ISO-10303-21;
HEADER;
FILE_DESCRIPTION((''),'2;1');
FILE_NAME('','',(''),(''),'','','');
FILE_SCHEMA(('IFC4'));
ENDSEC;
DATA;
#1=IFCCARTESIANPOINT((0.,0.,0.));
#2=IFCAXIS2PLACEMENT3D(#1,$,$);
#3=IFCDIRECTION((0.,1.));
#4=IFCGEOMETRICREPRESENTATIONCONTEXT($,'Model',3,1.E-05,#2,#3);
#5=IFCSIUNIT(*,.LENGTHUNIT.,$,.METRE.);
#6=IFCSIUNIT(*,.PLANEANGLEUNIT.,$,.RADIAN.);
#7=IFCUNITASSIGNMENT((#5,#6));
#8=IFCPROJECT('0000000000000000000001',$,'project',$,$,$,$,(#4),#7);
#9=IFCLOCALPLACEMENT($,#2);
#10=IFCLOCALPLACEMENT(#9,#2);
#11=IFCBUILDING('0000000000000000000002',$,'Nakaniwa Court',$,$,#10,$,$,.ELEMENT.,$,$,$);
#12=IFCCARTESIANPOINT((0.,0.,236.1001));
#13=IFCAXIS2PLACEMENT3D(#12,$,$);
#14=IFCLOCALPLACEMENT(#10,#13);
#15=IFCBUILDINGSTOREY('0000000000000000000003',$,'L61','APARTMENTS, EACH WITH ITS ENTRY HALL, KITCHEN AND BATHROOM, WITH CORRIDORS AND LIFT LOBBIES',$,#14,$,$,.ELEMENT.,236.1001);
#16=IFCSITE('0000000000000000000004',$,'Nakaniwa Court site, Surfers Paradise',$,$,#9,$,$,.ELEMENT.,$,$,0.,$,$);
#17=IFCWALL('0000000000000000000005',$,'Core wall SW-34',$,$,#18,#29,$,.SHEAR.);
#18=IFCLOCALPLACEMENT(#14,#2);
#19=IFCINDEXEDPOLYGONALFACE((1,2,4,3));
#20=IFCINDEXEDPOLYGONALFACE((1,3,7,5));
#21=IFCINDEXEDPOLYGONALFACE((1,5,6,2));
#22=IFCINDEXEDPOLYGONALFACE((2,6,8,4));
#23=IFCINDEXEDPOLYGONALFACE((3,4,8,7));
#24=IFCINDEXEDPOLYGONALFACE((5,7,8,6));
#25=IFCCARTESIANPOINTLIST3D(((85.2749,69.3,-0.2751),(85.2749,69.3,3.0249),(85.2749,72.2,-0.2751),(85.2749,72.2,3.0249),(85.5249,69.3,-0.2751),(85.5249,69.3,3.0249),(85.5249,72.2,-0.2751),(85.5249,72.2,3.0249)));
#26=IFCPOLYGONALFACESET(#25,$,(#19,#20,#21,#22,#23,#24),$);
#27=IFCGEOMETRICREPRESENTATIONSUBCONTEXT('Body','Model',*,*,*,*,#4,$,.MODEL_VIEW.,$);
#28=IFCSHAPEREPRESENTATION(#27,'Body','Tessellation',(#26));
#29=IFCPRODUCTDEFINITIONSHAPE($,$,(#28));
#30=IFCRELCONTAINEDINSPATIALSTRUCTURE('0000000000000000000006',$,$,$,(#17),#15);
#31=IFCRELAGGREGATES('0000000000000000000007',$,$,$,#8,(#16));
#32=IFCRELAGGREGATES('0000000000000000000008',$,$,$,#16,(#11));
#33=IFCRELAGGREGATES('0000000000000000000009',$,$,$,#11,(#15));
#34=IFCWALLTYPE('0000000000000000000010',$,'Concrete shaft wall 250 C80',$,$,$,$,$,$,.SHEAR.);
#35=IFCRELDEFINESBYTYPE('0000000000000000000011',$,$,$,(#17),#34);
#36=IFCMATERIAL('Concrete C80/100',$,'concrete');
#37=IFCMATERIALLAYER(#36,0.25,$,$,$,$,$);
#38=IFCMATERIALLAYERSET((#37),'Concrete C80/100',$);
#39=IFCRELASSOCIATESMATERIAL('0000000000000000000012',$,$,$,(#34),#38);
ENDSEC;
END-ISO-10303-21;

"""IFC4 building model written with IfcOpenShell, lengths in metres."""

from ifc_helpers import new_model, si_unit, direction, frame, frame_2d, origin, place, context, subcontext, project, spatial, rectangle, extrude, material, layer, layer_set, type_object, element, save


model = new_model("IFC4")

# Units and contexts
model_context = context("Model", 3, precision=1e-05, world=origin(), true_north=direction((0.0, 1.0)))
body_context = subcontext(model_context, "Body", "Model", "MODEL_VIEW")
ifc_project = project(units=[si_unit("LENGTHUNIT", "METRE"), si_unit("PLANEANGLEUNIT", "RADIAN")], contexts=[model_context])

# Site, building, storey
site_placement = place(None, origin())
site = spatial("IfcSite", under=ifc_project, at=site_placement, Name="Nakaniwa Court site, Surfers Paradise", CompositionType="ELEMENT", RefElevation=0.0)
building_placement = place(site_placement, origin())
building = spatial("IfcBuilding", under=site, at=building_placement, Name="Nakaniwa Court", CompositionType="ELEMENT")
storey_placement = place(building_placement, frame((0.0, 0.0, 236.1001)))
storey = spatial("IfcBuildingStorey", under=building, at=storey_placement, Name="L61", Description="APARTMENTS, EACH WITH ITS ENTRY HALL, KITCHEN AND BATHROOM, WITH CORRIDORS AND LIFT LOBBIES", CompositionType="ELEMENT", Elevation=236.1001)

# Shared definitions
ifc_material_1 = material(Name="Concrete C80/100", Category="concrete")

# Wall
ifc_layer_1 = layer(ifc_material_1, 0.25)
ifc_layer_set_1 = layer_set([ifc_layer_1], Name="Concrete C80/100")
wall_type_1 = type_object("IfcWallType", Name="Concrete shaft wall 250 C80", PredefinedType="SHEAR", material=ifc_layer_set_1)
wall_1_placement = place(storey_placement, frame((85.3999, 69.3, -0.2751), z_axis=(0.0, 0.0, 1.0), x_axis=(0.0, 1.0, 0.0)))
element("IfcWall", 1, at=wall_1_placement, inside=storey, type_object=wall_type_1, Name="Core wall SW-34", PredefinedType="SHEAR", context=body_context, shape_type="SweptSolid", body=[
    extrude(rectangle(XDim=2.8999, YDim=0.25, at=frame_2d((1.45, 0.0))), origin(), (0.0, 0.0, 1.0), 3.3),
])

save(model, "model.ifc")
